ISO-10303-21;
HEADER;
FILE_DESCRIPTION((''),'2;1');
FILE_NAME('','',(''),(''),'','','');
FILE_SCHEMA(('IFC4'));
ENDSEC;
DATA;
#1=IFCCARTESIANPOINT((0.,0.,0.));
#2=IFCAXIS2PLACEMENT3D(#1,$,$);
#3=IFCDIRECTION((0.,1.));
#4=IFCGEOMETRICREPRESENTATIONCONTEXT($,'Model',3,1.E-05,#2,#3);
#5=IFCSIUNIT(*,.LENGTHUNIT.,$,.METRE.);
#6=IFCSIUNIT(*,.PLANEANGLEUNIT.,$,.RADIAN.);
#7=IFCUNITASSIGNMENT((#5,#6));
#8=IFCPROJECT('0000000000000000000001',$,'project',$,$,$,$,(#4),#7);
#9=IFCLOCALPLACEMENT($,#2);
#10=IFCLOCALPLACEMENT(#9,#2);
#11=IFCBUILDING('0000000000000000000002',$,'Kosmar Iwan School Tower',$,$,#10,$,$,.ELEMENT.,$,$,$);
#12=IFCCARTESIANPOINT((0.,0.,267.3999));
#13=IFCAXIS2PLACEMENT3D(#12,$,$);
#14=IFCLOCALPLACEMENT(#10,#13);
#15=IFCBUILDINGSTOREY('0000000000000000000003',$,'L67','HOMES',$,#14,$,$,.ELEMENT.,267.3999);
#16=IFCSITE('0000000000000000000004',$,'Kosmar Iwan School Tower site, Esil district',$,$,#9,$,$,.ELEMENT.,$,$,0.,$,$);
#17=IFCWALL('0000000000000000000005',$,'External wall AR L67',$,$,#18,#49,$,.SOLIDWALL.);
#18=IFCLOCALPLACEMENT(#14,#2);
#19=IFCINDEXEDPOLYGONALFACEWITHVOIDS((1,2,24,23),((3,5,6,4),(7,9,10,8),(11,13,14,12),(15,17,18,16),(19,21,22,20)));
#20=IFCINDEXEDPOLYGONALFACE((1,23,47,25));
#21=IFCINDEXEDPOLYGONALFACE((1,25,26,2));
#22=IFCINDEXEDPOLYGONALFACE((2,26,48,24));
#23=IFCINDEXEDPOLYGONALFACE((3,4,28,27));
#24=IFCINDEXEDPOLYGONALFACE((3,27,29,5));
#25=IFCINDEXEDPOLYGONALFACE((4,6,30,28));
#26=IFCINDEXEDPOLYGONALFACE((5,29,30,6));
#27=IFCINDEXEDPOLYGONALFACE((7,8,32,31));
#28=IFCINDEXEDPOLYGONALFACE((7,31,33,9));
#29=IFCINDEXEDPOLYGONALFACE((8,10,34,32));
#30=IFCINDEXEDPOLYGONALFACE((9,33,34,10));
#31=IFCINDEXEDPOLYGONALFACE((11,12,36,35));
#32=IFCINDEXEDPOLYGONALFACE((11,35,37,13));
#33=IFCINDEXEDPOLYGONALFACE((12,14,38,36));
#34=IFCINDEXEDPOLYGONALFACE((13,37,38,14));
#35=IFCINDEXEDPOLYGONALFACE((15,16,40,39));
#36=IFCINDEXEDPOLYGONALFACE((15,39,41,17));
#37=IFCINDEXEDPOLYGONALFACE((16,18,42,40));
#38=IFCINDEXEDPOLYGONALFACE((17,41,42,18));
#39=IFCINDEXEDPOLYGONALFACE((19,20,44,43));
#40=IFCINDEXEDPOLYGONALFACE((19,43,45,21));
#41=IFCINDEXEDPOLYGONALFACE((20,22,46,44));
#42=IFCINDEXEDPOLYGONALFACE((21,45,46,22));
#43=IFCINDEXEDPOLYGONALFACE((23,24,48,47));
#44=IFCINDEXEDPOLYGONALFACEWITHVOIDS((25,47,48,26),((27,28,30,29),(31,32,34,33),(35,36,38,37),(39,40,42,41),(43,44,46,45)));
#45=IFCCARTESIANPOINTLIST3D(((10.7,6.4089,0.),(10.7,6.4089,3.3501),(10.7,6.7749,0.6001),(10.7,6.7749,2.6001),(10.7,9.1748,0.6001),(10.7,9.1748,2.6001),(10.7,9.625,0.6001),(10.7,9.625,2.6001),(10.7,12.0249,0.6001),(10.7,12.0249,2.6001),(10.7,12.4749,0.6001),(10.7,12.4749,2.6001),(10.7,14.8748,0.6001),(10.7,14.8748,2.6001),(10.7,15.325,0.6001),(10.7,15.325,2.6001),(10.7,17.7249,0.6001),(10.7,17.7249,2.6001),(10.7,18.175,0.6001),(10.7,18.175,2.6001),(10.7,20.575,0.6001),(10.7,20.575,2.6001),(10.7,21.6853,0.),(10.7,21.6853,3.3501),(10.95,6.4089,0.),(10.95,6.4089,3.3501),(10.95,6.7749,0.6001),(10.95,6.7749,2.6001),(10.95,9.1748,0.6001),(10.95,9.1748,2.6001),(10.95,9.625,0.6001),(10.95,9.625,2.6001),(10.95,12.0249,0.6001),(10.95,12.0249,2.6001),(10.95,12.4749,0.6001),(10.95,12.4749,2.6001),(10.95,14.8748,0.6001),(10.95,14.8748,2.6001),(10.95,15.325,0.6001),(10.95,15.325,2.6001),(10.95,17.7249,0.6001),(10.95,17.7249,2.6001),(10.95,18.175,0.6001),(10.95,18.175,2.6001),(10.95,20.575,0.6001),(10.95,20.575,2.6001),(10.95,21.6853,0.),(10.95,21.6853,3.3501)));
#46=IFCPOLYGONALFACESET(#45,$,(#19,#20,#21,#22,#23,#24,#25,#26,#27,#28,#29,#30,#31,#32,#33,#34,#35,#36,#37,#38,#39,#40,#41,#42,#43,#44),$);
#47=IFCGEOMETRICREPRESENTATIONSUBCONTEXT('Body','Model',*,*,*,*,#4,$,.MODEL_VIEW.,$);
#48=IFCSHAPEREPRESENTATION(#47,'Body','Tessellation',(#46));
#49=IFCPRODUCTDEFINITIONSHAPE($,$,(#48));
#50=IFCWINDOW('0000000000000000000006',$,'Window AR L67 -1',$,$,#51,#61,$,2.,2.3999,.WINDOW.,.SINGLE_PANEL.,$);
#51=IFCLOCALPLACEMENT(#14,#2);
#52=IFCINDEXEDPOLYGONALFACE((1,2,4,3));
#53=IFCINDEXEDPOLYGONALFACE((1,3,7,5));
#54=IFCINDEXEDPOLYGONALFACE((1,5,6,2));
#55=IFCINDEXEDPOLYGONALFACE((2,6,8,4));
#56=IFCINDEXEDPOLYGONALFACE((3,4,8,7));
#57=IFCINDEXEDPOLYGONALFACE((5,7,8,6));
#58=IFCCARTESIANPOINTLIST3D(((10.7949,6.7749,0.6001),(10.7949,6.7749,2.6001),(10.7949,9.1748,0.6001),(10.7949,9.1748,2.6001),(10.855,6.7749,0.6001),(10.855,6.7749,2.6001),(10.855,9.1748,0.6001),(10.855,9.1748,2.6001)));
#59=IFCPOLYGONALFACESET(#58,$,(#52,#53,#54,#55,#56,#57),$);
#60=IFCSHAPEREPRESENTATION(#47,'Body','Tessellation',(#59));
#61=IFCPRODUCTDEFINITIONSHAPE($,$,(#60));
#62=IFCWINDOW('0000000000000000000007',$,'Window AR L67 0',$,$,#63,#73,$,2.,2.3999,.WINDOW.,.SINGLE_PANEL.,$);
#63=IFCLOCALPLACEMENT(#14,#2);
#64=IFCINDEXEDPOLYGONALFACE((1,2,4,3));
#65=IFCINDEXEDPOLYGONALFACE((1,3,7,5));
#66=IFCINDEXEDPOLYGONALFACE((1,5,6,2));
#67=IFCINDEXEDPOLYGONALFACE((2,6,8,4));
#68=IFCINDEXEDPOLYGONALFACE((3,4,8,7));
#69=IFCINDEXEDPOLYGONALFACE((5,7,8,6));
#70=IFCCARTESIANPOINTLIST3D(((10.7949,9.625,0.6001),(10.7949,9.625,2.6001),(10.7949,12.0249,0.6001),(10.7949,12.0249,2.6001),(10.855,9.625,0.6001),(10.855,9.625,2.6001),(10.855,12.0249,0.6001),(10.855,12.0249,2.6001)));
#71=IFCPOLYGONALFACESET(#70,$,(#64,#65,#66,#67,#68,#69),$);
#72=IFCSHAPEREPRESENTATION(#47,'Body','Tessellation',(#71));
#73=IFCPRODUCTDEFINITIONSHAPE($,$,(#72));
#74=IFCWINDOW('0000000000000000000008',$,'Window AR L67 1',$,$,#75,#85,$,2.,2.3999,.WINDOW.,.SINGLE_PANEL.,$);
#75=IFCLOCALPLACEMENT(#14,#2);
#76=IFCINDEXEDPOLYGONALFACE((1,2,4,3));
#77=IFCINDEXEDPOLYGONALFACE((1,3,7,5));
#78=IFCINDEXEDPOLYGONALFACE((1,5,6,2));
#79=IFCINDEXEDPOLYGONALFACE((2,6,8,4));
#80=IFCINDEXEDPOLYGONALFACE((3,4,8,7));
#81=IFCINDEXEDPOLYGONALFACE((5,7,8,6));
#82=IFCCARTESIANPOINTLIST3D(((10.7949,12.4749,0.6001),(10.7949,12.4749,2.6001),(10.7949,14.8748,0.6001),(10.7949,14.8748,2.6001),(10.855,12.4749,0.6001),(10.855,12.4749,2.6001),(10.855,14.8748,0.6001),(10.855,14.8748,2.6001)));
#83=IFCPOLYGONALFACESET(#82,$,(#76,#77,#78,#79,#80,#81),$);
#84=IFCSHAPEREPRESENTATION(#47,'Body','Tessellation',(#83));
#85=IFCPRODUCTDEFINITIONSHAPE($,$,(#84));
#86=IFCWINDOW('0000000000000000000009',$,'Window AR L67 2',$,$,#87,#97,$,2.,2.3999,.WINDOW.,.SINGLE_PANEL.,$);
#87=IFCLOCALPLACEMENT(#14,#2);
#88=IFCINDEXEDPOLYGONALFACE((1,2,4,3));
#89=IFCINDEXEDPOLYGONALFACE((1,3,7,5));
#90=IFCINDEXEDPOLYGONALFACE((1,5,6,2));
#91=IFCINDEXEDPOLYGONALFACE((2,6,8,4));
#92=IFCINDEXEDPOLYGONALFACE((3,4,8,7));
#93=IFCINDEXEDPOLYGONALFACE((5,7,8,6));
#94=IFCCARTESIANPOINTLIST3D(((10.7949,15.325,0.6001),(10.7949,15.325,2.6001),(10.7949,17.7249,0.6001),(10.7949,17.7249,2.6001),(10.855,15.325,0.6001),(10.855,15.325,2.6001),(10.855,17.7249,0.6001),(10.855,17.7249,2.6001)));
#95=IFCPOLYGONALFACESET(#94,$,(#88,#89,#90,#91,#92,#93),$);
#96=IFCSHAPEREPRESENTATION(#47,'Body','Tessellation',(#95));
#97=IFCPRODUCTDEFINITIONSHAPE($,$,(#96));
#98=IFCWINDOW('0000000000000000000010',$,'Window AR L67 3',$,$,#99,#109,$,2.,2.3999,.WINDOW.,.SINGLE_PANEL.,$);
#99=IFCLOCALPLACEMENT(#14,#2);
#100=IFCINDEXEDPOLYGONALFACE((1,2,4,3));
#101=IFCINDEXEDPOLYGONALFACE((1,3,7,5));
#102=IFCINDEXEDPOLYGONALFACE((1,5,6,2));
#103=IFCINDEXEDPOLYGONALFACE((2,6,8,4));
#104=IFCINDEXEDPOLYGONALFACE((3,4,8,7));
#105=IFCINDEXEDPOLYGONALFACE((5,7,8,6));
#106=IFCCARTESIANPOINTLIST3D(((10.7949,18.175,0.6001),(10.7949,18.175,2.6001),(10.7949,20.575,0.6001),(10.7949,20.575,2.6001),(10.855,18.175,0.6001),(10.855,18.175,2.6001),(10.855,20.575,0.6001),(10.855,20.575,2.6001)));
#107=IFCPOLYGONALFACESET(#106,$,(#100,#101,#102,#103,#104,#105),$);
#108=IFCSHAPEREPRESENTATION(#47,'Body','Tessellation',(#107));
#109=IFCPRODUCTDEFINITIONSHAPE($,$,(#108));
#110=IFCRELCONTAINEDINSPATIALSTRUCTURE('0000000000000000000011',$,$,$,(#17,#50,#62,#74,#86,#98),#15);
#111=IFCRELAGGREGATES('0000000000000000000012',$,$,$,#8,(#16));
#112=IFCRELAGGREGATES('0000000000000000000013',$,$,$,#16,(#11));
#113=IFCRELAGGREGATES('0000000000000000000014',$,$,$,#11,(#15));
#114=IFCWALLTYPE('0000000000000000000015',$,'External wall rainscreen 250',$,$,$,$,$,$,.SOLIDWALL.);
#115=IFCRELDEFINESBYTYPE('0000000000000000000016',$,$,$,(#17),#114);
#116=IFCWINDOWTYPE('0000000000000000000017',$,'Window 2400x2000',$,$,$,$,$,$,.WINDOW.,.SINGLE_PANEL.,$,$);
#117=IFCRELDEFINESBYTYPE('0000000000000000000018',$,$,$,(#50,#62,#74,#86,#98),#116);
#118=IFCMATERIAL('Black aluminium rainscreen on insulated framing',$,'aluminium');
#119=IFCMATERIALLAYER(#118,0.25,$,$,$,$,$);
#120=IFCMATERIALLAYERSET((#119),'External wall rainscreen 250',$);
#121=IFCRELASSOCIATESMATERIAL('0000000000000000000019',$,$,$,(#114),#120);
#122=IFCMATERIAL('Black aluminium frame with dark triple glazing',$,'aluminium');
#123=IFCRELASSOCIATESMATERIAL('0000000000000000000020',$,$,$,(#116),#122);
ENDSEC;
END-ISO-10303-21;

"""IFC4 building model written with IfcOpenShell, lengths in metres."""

from ifc_helpers import new_model, si_unit, direction, frame, frame_2d, origin, place, context, subcontext, project, spatial, rectangle, extrude, material, layer, layer_set, type_object, element, fill, save


model = new_model("IFC4")

# Units and contexts
model_context = context("Model", 3, precision=1e-05, world=origin(), true_north=direction((0.0, 1.0)))
body_context = subcontext(model_context, "Body", "Model", "MODEL_VIEW")
ifc_project = project(units=[si_unit("LENGTHUNIT", "METRE"), si_unit("PLANEANGLEUNIT", "RADIAN")], contexts=[model_context])

# Site, building, storey
site_placement = place(None, origin())
site = spatial("IfcSite", under=ifc_project, at=site_placement, Name="Kosmar Iwan School Tower site, Esil district", CompositionType="ELEMENT", RefElevation=0.0)
building_placement = place(site_placement, origin())
building = spatial("IfcBuilding", under=site, at=building_placement, Name="Kosmar Iwan School Tower", CompositionType="ELEMENT")
storey_placement = place(building_placement, frame((0.0, 0.0, 267.3999)))
storey = spatial("IfcBuildingStorey", under=building, at=storey_placement, Name="L67", Description="HOMES", CompositionType="ELEMENT", Elevation=267.3999)

# Wall, openings, windows
ifc_material_1 = material(Name="Black aluminium rainscreen on insulated framing", Category="aluminium")
ifc_layer = layer(ifc_material_1, 0.25)
ifc_layer_set = layer_set([ifc_layer], Name="External wall rainscreen 250")
wall_type = type_object("IfcWallType", Name="External wall rainscreen 250", PredefinedType="SOLIDWALL", material=ifc_layer_set)
ifc_material_2 = material(Name="Black aluminium frame with dark triple glazing", Category="aluminium")
window_type = type_object("IfcWindowType", Name="Window 2400x2000", PartitioningType="SINGLE_PANEL", PredefinedType="WINDOW", material=ifc_material_2)
wall_1_placement = place(storey_placement, frame((10.825, 6.4089, 0.0), z_axis=(0.0, 0.0, 1.0), x_axis=(0.0, 1.0, 0.0)))
wall_1 = element("IfcWall", 1, at=wall_1_placement, inside=storey, type_object=wall_type, Name="External wall AR L67", PredefinedType="SOLIDWALL", context=body_context, shape_type="SweptSolid", body=[
    extrude(rectangle(XDim=15.2764, YDim=0.25, at=frame_2d((7.6382, 0.0))), origin(), (0.0, 0.0, 1.0), 3.3501),
])
opening_1_placement = place(wall_1_placement, frame((0.366, 0.0, 0.6001)))
opening_1 = element("IfcOpeningElement", 2, at=opening_1_placement, cuts=wall_1, PredefinedType="OPENING", context=body_context, shape_type="SweptSolid", body=[
    extrude(rectangle(XDim=2.3999, YDim=2.0, at=frame_2d((1.2, 1.0))), frame((0.0, 0.137, 0.0), z_axis=(0.0, -1.0, 0.0), x_axis=(1.0, 0.0, 0.0)), (0.0, 0.0, 1.0), 0.2739),
])
opening_2_placement = place(wall_1_placement, frame((3.2161, 0.0, 0.6001)))
opening_2 = element("IfcOpeningElement", 3, at=opening_2_placement, cuts=wall_1, PredefinedType="OPENING", context=body_context, shape_type="SweptSolid", body=[
    extrude(rectangle(XDim=2.3999, YDim=2.0, at=frame_2d((1.2, 1.0))), frame((0.0, 0.137, 0.0), z_axis=(0.0, -1.0, 0.0), x_axis=(1.0, 0.0, 0.0)), (0.0, 0.0, 1.0), 0.2739),
])
opening_3_placement = place(wall_1_placement, frame((6.0659, 0.0, 0.6001)))
opening_3 = element("IfcOpeningElement", 4, at=opening_3_placement, cuts=wall_1, PredefinedType="OPENING", context=body_context, shape_type="SweptSolid", body=[
    extrude(rectangle(XDim=2.3999, YDim=2.0, at=frame_2d((1.2, 1.0))), frame((0.0, 0.137, 0.0), z_axis=(0.0, -1.0, 0.0), x_axis=(1.0, 0.0, 0.0)), (0.0, 0.0, 1.0), 0.2739),
])
opening_4_placement = place(wall_1_placement, frame((8.916, 0.0, 0.6001)))
opening_4 = element("IfcOpeningElement", 5, at=opening_4_placement, cuts=wall_1, PredefinedType="OPENING", context=body_context, shape_type="SweptSolid", body=[
    extrude(rectangle(XDim=2.3999, YDim=2.0, at=frame_2d((1.2, 1.0))), frame((0.0, 0.137, 0.0), z_axis=(0.0, -1.0, 0.0), x_axis=(1.0, 0.0, 0.0)), (0.0, 0.0, 1.0), 0.2739),
])
opening_5_placement = place(wall_1_placement, frame((11.7661, 0.0, 0.6001)))
opening_5 = element("IfcOpeningElement", 6, at=opening_5_placement, cuts=wall_1, PredefinedType="OPENING", context=body_context, shape_type="SweptSolid", body=[
    extrude(rectangle(XDim=2.3999, YDim=2.0, at=frame_2d((1.2, 1.0))), frame((0.0, 0.137, 0.0), z_axis=(0.0, -1.0, 0.0), x_axis=(1.0, 0.0, 0.0)), (0.0, 0.0, 1.0), 0.2739),
])
window_1_placement = place(opening_1_placement, origin())
window_1 = element("IfcWindow", 7, at=window_1_placement, inside=storey, type_object=window_type, Name="Window AR L67 -1", OverallHeight=2.0, OverallWidth=2.3999, PartitioningType="SINGLE_PANEL", PredefinedType="WINDOW", context=body_context, shape_type="SweptSolid", body=[
    extrude(rectangle(XDim=2.3999, YDim=2.0, at=frame_2d((1.2, 1.0))), frame((0.0, 0.03, 0.0), z_axis=(0.0, -1.0, 0.0), x_axis=(1.0, 0.0, 0.0)), (0.0, 0.0, 1.0), 0.0601),
])
fill(opening_1, window_1)
window_2_placement = place(opening_2_placement, origin())
window_2 = element("IfcWindow", 8, at=window_2_placement, inside=storey, type_object=window_type, Name="Window AR L67 0", OverallHeight=2.0, OverallWidth=2.3999, PartitioningType="SINGLE_PANEL", PredefinedType="WINDOW", context=body_context, shape_type="SweptSolid", body=[
    extrude(rectangle(XDim=2.3999, YDim=2.0, at=frame_2d((1.2, 1.0))), frame((0.0, 0.03, 0.0), z_axis=(0.0, -1.0, 0.0), x_axis=(1.0, 0.0, 0.0)), (0.0, 0.0, 1.0), 0.0601),
])
fill(opening_2, window_2)
window_3_placement = place(opening_3_placement, origin())
window_3 = element("IfcWindow", 9, at=window_3_placement, inside=storey, type_object=window_type, Name="Window AR L67 1", OverallHeight=2.0, OverallWidth=2.3999, PartitioningType="SINGLE_PANEL", PredefinedType="WINDOW", context=body_context, shape_type="SweptSolid", body=[
    extrude(rectangle(XDim=2.3999, YDim=2.0, at=frame_2d((1.2, 1.0))), frame((0.0, 0.03, 0.0), z_axis=(0.0, -1.0, 0.0), x_axis=(1.0, 0.0, 0.0)), (0.0, 0.0, 1.0), 0.0601),
])
fill(opening_3, window_3)
window_4_placement = place(opening_4_placement, origin())
window_4 = element("IfcWindow", 10, at=window_4_placement, inside=storey, type_object=window_type, Name="Window AR L67 2", OverallHeight=2.0, OverallWidth=2.3999, PartitioningType="SINGLE_PANEL", PredefinedType="WINDOW", context=body_context, shape_type="SweptSolid", body=[
    extrude(rectangle(XDim=2.3999, YDim=2.0, at=frame_2d((1.2, 1.0))), frame((0.0, 0.03, 0.0), z_axis=(0.0, -1.0, 0.0), x_axis=(1.0, 0.0, 0.0)), (0.0, 0.0, 1.0), 0.0601),
])
fill(opening_4, window_4)
window_5_placement = place(opening_5_placement, origin())
window_5 = element("IfcWindow", 11, at=window_5_placement, inside=storey, type_object=window_type, Name="Window AR L67 3", OverallHeight=2.0, OverallWidth=2.3999, PartitioningType="SINGLE_PANEL", PredefinedType="WINDOW", context=body_context, shape_type="SweptSolid", body=[
    extrude(rectangle(XDim=2.3999, YDim=2.0, at=frame_2d((1.2, 1.0))), frame((0.0, 0.03, 0.0), z_axis=(0.0, -1.0, 0.0), x_axis=(1.0, 0.0, 0.0)), (0.0, 0.0, 1.0), 0.0601),
])
fill(opening_5, window_5)

save(model, "model.ifc")
